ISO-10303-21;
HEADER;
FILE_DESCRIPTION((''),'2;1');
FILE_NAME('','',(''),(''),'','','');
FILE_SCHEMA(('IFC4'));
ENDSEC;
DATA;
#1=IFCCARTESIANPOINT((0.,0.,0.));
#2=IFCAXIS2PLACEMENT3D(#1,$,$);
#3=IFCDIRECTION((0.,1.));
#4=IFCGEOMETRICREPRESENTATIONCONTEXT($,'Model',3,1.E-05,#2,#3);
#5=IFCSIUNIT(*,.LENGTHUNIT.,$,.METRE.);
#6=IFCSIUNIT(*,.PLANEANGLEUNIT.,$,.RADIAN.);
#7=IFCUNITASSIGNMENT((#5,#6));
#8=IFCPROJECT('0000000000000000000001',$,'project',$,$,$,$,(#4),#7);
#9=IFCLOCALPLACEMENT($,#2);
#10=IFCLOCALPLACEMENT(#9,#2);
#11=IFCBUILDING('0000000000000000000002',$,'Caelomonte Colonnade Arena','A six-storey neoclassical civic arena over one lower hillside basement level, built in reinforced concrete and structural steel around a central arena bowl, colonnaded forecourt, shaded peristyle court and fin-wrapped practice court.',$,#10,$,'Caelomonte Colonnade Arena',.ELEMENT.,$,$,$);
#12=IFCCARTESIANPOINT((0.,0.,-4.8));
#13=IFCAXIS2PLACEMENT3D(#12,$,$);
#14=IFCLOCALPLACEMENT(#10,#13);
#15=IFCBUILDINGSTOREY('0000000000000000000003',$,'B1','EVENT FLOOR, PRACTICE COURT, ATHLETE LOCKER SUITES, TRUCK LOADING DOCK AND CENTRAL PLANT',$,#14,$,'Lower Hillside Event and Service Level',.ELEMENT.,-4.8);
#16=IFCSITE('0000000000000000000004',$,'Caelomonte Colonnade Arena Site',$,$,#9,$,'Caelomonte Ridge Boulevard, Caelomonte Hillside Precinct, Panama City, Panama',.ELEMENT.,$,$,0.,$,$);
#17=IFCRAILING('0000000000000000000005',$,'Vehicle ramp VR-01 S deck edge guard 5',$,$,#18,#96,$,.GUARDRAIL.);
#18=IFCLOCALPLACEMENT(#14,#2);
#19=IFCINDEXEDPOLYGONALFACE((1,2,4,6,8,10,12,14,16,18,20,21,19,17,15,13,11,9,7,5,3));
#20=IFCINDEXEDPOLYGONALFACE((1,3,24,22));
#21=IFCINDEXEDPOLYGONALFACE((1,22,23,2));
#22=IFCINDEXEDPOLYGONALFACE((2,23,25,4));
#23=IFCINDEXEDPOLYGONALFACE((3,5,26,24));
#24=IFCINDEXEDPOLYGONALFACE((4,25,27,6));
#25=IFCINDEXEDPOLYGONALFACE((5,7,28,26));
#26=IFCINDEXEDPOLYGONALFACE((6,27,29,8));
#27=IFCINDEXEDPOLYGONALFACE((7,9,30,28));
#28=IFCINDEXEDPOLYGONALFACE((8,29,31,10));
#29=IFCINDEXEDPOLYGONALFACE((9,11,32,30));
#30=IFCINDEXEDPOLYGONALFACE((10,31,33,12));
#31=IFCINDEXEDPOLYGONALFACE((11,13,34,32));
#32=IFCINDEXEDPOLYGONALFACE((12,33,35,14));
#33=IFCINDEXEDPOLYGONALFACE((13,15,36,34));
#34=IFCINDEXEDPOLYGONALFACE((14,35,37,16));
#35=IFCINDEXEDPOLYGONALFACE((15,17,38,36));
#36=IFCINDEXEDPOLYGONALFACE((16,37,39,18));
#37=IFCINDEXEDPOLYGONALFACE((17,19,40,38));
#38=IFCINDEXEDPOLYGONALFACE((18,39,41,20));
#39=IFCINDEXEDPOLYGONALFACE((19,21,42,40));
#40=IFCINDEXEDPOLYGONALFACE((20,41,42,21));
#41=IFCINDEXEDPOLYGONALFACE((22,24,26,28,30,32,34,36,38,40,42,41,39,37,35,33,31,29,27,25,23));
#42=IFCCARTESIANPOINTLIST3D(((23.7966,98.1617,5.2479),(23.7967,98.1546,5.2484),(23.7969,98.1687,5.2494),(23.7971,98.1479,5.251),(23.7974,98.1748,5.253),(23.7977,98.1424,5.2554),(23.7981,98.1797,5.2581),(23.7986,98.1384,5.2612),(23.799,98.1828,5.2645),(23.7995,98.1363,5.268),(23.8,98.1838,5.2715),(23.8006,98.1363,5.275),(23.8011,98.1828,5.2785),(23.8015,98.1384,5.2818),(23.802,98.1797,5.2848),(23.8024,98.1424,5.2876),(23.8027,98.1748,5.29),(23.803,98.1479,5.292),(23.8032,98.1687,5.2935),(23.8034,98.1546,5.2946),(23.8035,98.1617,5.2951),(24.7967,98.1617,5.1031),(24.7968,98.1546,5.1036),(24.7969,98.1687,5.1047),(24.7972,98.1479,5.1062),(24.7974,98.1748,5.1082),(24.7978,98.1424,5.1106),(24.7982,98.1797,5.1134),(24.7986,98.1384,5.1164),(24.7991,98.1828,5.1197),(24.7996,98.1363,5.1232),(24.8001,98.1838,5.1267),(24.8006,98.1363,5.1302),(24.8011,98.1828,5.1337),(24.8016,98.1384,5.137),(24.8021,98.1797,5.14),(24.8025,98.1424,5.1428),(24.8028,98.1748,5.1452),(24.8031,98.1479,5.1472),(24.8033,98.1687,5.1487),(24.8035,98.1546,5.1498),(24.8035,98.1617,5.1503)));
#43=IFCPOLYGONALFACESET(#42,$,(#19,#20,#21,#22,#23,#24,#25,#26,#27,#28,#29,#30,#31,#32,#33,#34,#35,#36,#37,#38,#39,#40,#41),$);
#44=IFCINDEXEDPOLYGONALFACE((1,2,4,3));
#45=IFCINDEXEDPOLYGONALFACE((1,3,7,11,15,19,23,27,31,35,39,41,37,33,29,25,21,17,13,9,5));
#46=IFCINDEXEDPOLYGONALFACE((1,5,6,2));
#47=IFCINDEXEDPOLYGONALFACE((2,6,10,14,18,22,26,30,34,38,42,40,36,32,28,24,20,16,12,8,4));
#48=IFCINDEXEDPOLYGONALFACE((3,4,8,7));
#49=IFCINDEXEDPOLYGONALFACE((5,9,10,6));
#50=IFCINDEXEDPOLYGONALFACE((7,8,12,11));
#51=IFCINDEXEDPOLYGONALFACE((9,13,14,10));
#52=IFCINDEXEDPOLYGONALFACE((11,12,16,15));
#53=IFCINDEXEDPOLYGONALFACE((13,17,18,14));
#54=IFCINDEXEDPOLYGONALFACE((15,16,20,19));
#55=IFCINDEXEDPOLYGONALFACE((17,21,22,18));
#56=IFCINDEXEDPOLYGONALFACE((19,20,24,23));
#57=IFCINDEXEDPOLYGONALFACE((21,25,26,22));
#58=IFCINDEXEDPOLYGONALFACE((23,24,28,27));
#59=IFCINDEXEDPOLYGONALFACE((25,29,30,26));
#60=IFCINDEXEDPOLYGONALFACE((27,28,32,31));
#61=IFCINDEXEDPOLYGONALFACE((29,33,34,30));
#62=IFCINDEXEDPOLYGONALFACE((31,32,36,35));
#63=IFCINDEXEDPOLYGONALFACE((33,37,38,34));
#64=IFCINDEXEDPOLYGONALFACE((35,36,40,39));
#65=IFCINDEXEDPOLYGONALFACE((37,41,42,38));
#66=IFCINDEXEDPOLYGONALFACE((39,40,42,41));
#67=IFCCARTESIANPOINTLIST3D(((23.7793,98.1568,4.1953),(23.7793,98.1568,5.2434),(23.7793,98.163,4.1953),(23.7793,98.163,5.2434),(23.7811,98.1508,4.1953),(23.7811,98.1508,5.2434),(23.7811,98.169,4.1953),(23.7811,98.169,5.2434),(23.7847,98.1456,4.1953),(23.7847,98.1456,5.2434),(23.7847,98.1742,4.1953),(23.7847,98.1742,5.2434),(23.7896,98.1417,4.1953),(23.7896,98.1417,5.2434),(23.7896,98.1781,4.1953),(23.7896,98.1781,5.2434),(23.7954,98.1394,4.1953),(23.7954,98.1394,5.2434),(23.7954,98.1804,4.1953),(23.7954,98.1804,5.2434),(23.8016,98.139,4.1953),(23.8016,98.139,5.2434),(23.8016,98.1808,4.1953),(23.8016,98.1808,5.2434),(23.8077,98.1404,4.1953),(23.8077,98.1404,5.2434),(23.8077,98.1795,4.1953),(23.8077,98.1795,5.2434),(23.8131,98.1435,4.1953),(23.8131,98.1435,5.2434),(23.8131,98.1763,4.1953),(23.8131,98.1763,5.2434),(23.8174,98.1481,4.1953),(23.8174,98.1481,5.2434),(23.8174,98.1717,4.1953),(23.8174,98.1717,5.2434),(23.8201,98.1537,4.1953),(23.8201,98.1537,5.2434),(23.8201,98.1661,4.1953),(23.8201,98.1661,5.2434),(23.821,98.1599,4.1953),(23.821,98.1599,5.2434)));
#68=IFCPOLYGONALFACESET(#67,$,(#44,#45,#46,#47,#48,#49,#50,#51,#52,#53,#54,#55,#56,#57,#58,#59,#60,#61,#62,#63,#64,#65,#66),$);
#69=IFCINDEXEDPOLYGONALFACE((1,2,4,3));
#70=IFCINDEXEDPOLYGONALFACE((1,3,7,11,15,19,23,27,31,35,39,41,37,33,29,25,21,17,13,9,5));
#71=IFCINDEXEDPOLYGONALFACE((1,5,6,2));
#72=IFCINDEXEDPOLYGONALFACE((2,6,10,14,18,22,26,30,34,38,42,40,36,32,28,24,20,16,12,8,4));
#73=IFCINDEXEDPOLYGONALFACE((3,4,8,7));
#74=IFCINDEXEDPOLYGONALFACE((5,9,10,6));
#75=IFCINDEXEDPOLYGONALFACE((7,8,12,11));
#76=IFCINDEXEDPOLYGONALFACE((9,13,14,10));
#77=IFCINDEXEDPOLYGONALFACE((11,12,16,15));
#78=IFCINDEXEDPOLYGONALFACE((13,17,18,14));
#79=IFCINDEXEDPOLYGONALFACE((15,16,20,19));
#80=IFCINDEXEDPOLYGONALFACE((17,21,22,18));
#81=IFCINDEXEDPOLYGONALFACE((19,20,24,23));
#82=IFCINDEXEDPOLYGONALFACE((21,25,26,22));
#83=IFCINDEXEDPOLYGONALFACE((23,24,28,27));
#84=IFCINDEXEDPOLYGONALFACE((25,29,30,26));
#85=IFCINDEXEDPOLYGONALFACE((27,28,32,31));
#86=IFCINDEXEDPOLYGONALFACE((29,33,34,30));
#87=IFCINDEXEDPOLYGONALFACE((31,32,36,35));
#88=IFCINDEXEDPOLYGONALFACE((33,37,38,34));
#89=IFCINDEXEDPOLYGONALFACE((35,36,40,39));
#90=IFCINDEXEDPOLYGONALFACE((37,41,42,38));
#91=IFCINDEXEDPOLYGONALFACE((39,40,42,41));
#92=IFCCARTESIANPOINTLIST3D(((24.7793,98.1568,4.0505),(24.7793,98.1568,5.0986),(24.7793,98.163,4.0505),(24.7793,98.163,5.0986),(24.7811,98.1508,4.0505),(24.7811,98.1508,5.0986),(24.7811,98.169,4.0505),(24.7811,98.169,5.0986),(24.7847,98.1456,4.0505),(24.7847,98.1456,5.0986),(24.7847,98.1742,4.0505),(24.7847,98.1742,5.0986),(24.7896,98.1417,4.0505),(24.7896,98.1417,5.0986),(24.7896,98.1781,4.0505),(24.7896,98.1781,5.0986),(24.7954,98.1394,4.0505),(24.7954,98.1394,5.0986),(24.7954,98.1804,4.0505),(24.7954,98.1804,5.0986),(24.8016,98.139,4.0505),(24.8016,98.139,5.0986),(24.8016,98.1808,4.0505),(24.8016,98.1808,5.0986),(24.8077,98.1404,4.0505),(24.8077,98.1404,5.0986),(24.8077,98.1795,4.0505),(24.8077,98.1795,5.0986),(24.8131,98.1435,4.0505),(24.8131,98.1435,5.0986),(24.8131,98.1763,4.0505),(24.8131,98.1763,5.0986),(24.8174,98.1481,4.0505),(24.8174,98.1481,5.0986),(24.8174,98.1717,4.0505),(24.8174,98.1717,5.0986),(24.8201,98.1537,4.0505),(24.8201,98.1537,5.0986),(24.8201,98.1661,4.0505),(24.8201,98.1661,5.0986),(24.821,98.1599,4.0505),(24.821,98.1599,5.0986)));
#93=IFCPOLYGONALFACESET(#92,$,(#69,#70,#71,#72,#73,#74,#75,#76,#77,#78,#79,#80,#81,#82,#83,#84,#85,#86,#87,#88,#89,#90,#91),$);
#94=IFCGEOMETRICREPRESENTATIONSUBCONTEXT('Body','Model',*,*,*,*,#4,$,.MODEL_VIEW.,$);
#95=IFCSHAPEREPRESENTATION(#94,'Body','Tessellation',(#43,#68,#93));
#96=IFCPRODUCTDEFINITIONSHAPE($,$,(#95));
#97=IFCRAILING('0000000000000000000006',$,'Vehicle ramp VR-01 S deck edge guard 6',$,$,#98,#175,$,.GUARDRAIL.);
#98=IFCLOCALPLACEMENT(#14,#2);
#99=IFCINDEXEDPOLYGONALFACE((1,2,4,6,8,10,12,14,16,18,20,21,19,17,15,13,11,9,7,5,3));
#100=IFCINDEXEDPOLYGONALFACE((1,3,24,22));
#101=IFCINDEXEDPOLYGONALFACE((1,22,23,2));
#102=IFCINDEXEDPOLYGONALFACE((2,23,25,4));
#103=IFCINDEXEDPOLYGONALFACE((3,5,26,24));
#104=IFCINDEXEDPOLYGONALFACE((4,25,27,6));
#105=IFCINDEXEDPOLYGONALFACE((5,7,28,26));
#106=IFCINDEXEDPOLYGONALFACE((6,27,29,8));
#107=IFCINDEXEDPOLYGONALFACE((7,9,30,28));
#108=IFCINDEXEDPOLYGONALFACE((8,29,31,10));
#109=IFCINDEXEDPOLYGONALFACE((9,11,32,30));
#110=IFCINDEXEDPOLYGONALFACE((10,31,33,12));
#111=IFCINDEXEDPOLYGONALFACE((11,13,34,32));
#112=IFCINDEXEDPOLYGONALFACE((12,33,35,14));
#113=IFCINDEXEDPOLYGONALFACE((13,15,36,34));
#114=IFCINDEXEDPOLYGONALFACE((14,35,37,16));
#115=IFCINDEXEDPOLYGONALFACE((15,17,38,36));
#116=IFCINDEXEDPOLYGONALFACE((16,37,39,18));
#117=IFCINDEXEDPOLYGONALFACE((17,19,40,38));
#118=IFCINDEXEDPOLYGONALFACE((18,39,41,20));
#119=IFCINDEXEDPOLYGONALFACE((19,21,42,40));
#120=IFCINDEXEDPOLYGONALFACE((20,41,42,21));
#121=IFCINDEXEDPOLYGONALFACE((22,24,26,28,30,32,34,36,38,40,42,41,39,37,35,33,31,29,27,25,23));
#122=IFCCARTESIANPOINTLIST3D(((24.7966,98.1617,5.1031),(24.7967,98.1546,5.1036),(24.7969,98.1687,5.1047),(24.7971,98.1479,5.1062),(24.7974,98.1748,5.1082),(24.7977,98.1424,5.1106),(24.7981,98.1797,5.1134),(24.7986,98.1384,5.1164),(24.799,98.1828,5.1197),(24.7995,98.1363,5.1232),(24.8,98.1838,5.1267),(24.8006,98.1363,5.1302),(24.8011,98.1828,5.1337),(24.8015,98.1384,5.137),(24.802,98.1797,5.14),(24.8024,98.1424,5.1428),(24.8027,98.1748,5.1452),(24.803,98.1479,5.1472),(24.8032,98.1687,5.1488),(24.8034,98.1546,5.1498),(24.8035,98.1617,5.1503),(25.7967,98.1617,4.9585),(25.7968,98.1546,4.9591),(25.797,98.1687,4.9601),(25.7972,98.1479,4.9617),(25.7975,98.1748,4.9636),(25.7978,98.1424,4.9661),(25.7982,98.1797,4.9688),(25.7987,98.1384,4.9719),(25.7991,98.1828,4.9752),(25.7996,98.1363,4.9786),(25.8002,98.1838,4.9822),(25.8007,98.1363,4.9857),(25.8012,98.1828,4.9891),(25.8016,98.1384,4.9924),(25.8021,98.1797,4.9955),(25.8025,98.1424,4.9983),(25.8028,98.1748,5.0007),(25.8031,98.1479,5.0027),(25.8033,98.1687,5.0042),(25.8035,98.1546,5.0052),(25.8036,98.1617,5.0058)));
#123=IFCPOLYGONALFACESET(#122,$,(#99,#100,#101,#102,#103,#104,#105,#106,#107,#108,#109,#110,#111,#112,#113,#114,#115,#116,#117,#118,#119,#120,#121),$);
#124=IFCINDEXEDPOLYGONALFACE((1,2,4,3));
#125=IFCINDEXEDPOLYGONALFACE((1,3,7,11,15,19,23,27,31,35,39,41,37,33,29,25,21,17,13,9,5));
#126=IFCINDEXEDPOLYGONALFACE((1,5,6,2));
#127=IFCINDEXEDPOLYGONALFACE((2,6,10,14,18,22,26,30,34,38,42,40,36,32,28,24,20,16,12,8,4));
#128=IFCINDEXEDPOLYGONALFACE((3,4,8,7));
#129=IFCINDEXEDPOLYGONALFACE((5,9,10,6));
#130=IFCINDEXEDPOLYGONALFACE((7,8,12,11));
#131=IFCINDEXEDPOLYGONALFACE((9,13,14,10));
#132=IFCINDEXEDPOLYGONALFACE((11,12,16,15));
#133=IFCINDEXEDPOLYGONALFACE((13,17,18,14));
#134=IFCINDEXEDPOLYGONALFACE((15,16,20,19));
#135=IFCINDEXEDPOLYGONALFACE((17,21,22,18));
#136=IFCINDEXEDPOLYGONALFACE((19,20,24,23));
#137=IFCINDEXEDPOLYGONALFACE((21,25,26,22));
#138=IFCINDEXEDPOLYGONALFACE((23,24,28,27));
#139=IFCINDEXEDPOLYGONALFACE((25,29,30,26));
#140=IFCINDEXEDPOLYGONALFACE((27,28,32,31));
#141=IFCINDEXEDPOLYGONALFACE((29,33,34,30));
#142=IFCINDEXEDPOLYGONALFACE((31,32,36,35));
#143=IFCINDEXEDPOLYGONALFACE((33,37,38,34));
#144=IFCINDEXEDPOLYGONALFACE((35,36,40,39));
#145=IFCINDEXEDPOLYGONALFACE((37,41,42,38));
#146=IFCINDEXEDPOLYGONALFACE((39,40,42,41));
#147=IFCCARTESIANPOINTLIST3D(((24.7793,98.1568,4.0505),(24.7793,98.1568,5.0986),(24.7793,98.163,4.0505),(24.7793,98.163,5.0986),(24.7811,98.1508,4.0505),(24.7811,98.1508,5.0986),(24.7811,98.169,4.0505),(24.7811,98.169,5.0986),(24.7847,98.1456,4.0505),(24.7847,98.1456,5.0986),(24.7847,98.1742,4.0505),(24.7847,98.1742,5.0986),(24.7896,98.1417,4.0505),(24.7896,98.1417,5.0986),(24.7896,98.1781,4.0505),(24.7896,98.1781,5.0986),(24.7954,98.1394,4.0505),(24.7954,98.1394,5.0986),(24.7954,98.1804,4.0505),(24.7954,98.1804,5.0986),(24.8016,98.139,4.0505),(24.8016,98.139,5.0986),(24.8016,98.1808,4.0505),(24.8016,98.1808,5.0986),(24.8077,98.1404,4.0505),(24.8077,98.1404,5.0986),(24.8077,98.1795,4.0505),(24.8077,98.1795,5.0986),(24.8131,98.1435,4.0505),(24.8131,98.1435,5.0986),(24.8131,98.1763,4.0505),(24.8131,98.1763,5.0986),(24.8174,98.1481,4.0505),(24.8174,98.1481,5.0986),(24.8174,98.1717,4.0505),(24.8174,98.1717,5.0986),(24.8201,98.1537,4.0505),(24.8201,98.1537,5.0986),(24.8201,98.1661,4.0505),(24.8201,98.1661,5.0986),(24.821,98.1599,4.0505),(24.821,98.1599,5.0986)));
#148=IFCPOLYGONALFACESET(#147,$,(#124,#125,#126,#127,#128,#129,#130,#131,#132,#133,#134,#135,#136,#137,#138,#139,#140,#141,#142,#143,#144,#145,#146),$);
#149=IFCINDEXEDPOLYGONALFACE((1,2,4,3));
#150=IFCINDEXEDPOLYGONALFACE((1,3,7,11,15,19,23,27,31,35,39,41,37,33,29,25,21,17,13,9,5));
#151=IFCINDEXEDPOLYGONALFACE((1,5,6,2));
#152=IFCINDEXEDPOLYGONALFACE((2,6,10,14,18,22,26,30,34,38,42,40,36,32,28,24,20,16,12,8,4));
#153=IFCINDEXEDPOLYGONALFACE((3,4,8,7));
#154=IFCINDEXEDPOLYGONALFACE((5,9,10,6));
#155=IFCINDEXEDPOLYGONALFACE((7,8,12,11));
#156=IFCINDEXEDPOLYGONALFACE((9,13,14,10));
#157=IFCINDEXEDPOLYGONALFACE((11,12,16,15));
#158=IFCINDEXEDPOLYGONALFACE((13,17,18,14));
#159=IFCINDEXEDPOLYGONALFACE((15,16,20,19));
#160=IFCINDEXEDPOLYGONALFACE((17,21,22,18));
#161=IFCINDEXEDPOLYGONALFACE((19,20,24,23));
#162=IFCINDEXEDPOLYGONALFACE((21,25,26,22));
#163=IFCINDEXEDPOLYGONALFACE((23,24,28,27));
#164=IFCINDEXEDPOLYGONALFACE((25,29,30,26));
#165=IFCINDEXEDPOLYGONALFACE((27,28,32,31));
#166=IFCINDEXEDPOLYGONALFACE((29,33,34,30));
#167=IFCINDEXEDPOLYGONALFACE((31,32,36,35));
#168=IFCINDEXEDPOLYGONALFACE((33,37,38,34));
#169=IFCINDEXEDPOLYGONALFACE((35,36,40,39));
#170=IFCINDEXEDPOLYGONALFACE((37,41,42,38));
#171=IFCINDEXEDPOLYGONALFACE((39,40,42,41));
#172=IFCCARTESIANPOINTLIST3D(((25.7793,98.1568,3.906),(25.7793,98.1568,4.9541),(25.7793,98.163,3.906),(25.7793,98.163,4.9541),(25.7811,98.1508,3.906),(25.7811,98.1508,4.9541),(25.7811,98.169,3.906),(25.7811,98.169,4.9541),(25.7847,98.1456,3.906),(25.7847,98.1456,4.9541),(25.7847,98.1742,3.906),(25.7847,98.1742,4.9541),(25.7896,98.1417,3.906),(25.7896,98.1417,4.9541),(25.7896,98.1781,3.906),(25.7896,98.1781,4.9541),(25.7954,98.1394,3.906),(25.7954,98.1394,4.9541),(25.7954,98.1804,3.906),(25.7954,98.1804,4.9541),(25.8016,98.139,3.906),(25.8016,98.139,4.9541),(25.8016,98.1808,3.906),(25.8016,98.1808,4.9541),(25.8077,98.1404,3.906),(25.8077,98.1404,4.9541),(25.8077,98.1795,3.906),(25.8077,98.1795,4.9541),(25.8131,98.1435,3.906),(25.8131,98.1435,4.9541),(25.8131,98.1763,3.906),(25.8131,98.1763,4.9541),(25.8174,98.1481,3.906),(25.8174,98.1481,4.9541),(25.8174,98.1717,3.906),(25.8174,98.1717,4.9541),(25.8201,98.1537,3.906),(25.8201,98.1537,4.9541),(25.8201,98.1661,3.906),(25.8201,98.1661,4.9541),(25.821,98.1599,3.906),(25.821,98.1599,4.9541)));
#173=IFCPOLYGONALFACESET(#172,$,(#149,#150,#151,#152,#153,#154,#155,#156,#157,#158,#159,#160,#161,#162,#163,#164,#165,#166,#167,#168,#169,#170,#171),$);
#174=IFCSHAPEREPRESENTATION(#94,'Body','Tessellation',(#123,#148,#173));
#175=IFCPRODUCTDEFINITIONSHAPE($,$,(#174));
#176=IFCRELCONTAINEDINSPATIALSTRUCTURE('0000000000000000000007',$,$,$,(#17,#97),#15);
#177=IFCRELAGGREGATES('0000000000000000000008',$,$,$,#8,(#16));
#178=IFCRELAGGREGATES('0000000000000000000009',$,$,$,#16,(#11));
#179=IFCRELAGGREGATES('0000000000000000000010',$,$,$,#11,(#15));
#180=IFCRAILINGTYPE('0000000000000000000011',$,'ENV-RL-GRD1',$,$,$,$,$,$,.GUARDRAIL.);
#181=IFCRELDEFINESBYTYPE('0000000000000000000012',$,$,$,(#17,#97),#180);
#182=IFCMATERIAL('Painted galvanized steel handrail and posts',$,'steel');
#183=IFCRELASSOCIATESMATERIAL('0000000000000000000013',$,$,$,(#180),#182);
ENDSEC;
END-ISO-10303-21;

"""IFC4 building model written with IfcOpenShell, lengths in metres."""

from ifc_helpers import new_model, si_unit, direction, frame, origin, origin_2d, place, context, subcontext, project, spatial, circle, extrude, material, type_object, element, save


model = new_model("IFC4")

# Units and contexts
model_context = context("Model", 3, precision=1e-05, world=origin(), true_north=direction((0.0, 1.0)))
body_context = subcontext(model_context, "Body", "Model", "MODEL_VIEW")
ifc_project = project(units=[si_unit("LENGTHUNIT", "METRE"), si_unit("PLANEANGLEUNIT", "RADIAN")], contexts=[model_context])

# Site, building, storey
site_placement = place(None, origin())
site = spatial("IfcSite", under=ifc_project, at=site_placement, Name="Caelomonte Colonnade Arena Site", LongName="Caelomonte Ridge Boulevard, Caelomonte Hillside Precinct, Panama City, Panama", CompositionType="ELEMENT", RefElevation=0.0)
building_placement = place(site_placement, origin())
building = spatial("IfcBuilding", under=site, at=building_placement, Name="Caelomonte Colonnade Arena", Description="A six-storey neoclassical civic arena over one lower hillside basement level, built in reinforced concrete and structural steel around a central arena bowl, colonnaded forecourt, shaded peristyle court and fin-wrapped practice court.", LongName="Caelomonte Colonnade Arena", CompositionType="ELEMENT")
storey_placement = place(building_placement, frame((0.0, 0.0, -4.8)))
storey = spatial("IfcBuildingStorey", under=building, at=storey_placement, Name="B1", Description="EVENT FLOOR, PRACTICE COURT, ATHLETE LOCKER SUITES, TRUCK LOADING DOCK AND CENTRAL PLANT", LongName="Lower Hillside Event and Service Level", CompositionType="ELEMENT", Elevation=-4.8)

# Railings
ifc_material_1 = material(Name="Painted galvanized steel handrail and posts", Category="steel")
railing_type = type_object("IfcRailingType", Name="ENV-RL-GRD1", PredefinedType="GUARDRAIL", material=ifc_material_1)
for number, where, name in (
    (1, (23.8, 98.1599, 4.1953), "Vehicle ramp VR-01 S deck edge guard 5"),
):
    element("IfcRailing", number, at=place(storey_placement, frame(where)), inside=storey, type_object=railing_type, Name=name, PredefinedType="GUARDRAIL", context=body_context, shape_type="SweptSolid", body=[
        extrude(circle(Radius=0.0239, at=origin_2d()), frame((0.0, 0.0, 1.0762), z_axis=(0.989682, 0.0, -0.143282), x_axis=(0.0, 1.0, 0.0)), (0.0, 0.0, 1.0), 1.0105),
        extrude(circle(Radius=0.021, at=origin_2d()), origin(), (0.0, 0.0, 1.0), 1.0481),
        extrude(circle(Radius=0.021, at=origin_2d()), frame((1.0, 0.0, -0.1448)), (0.0, 0.0, 1.0), 1.0481),
    ])
railing_1_placement = place(storey_placement, frame((24.8, 98.1599, 4.0505)))
element("IfcRailing", 2, at=railing_1_placement, inside=storey, type_object=railing_type, Name="Vehicle ramp VR-01 S deck edge guard 6", PredefinedType="GUARDRAIL", context=body_context, shape_type="SweptSolid", body=[
    extrude(circle(Radius=0.0239, at=origin_2d()), frame((0.0, 0.0, 1.0762), z_axis=(0.989716, 0.0, -0.143045), x_axis=(0.0, 1.0, 0.0)), (0.0, 0.0, 1.0), 1.0105),
    extrude(circle(Radius=0.021, at=origin_2d()), origin(), (0.0, 0.0, 1.0), 1.0481),
    extrude(circle(Radius=0.021, at=origin_2d()), frame((1.0, 0.0, -0.1445)), (0.0, 0.0, 1.0), 1.0481),
])

save(model, "model.ifc")
